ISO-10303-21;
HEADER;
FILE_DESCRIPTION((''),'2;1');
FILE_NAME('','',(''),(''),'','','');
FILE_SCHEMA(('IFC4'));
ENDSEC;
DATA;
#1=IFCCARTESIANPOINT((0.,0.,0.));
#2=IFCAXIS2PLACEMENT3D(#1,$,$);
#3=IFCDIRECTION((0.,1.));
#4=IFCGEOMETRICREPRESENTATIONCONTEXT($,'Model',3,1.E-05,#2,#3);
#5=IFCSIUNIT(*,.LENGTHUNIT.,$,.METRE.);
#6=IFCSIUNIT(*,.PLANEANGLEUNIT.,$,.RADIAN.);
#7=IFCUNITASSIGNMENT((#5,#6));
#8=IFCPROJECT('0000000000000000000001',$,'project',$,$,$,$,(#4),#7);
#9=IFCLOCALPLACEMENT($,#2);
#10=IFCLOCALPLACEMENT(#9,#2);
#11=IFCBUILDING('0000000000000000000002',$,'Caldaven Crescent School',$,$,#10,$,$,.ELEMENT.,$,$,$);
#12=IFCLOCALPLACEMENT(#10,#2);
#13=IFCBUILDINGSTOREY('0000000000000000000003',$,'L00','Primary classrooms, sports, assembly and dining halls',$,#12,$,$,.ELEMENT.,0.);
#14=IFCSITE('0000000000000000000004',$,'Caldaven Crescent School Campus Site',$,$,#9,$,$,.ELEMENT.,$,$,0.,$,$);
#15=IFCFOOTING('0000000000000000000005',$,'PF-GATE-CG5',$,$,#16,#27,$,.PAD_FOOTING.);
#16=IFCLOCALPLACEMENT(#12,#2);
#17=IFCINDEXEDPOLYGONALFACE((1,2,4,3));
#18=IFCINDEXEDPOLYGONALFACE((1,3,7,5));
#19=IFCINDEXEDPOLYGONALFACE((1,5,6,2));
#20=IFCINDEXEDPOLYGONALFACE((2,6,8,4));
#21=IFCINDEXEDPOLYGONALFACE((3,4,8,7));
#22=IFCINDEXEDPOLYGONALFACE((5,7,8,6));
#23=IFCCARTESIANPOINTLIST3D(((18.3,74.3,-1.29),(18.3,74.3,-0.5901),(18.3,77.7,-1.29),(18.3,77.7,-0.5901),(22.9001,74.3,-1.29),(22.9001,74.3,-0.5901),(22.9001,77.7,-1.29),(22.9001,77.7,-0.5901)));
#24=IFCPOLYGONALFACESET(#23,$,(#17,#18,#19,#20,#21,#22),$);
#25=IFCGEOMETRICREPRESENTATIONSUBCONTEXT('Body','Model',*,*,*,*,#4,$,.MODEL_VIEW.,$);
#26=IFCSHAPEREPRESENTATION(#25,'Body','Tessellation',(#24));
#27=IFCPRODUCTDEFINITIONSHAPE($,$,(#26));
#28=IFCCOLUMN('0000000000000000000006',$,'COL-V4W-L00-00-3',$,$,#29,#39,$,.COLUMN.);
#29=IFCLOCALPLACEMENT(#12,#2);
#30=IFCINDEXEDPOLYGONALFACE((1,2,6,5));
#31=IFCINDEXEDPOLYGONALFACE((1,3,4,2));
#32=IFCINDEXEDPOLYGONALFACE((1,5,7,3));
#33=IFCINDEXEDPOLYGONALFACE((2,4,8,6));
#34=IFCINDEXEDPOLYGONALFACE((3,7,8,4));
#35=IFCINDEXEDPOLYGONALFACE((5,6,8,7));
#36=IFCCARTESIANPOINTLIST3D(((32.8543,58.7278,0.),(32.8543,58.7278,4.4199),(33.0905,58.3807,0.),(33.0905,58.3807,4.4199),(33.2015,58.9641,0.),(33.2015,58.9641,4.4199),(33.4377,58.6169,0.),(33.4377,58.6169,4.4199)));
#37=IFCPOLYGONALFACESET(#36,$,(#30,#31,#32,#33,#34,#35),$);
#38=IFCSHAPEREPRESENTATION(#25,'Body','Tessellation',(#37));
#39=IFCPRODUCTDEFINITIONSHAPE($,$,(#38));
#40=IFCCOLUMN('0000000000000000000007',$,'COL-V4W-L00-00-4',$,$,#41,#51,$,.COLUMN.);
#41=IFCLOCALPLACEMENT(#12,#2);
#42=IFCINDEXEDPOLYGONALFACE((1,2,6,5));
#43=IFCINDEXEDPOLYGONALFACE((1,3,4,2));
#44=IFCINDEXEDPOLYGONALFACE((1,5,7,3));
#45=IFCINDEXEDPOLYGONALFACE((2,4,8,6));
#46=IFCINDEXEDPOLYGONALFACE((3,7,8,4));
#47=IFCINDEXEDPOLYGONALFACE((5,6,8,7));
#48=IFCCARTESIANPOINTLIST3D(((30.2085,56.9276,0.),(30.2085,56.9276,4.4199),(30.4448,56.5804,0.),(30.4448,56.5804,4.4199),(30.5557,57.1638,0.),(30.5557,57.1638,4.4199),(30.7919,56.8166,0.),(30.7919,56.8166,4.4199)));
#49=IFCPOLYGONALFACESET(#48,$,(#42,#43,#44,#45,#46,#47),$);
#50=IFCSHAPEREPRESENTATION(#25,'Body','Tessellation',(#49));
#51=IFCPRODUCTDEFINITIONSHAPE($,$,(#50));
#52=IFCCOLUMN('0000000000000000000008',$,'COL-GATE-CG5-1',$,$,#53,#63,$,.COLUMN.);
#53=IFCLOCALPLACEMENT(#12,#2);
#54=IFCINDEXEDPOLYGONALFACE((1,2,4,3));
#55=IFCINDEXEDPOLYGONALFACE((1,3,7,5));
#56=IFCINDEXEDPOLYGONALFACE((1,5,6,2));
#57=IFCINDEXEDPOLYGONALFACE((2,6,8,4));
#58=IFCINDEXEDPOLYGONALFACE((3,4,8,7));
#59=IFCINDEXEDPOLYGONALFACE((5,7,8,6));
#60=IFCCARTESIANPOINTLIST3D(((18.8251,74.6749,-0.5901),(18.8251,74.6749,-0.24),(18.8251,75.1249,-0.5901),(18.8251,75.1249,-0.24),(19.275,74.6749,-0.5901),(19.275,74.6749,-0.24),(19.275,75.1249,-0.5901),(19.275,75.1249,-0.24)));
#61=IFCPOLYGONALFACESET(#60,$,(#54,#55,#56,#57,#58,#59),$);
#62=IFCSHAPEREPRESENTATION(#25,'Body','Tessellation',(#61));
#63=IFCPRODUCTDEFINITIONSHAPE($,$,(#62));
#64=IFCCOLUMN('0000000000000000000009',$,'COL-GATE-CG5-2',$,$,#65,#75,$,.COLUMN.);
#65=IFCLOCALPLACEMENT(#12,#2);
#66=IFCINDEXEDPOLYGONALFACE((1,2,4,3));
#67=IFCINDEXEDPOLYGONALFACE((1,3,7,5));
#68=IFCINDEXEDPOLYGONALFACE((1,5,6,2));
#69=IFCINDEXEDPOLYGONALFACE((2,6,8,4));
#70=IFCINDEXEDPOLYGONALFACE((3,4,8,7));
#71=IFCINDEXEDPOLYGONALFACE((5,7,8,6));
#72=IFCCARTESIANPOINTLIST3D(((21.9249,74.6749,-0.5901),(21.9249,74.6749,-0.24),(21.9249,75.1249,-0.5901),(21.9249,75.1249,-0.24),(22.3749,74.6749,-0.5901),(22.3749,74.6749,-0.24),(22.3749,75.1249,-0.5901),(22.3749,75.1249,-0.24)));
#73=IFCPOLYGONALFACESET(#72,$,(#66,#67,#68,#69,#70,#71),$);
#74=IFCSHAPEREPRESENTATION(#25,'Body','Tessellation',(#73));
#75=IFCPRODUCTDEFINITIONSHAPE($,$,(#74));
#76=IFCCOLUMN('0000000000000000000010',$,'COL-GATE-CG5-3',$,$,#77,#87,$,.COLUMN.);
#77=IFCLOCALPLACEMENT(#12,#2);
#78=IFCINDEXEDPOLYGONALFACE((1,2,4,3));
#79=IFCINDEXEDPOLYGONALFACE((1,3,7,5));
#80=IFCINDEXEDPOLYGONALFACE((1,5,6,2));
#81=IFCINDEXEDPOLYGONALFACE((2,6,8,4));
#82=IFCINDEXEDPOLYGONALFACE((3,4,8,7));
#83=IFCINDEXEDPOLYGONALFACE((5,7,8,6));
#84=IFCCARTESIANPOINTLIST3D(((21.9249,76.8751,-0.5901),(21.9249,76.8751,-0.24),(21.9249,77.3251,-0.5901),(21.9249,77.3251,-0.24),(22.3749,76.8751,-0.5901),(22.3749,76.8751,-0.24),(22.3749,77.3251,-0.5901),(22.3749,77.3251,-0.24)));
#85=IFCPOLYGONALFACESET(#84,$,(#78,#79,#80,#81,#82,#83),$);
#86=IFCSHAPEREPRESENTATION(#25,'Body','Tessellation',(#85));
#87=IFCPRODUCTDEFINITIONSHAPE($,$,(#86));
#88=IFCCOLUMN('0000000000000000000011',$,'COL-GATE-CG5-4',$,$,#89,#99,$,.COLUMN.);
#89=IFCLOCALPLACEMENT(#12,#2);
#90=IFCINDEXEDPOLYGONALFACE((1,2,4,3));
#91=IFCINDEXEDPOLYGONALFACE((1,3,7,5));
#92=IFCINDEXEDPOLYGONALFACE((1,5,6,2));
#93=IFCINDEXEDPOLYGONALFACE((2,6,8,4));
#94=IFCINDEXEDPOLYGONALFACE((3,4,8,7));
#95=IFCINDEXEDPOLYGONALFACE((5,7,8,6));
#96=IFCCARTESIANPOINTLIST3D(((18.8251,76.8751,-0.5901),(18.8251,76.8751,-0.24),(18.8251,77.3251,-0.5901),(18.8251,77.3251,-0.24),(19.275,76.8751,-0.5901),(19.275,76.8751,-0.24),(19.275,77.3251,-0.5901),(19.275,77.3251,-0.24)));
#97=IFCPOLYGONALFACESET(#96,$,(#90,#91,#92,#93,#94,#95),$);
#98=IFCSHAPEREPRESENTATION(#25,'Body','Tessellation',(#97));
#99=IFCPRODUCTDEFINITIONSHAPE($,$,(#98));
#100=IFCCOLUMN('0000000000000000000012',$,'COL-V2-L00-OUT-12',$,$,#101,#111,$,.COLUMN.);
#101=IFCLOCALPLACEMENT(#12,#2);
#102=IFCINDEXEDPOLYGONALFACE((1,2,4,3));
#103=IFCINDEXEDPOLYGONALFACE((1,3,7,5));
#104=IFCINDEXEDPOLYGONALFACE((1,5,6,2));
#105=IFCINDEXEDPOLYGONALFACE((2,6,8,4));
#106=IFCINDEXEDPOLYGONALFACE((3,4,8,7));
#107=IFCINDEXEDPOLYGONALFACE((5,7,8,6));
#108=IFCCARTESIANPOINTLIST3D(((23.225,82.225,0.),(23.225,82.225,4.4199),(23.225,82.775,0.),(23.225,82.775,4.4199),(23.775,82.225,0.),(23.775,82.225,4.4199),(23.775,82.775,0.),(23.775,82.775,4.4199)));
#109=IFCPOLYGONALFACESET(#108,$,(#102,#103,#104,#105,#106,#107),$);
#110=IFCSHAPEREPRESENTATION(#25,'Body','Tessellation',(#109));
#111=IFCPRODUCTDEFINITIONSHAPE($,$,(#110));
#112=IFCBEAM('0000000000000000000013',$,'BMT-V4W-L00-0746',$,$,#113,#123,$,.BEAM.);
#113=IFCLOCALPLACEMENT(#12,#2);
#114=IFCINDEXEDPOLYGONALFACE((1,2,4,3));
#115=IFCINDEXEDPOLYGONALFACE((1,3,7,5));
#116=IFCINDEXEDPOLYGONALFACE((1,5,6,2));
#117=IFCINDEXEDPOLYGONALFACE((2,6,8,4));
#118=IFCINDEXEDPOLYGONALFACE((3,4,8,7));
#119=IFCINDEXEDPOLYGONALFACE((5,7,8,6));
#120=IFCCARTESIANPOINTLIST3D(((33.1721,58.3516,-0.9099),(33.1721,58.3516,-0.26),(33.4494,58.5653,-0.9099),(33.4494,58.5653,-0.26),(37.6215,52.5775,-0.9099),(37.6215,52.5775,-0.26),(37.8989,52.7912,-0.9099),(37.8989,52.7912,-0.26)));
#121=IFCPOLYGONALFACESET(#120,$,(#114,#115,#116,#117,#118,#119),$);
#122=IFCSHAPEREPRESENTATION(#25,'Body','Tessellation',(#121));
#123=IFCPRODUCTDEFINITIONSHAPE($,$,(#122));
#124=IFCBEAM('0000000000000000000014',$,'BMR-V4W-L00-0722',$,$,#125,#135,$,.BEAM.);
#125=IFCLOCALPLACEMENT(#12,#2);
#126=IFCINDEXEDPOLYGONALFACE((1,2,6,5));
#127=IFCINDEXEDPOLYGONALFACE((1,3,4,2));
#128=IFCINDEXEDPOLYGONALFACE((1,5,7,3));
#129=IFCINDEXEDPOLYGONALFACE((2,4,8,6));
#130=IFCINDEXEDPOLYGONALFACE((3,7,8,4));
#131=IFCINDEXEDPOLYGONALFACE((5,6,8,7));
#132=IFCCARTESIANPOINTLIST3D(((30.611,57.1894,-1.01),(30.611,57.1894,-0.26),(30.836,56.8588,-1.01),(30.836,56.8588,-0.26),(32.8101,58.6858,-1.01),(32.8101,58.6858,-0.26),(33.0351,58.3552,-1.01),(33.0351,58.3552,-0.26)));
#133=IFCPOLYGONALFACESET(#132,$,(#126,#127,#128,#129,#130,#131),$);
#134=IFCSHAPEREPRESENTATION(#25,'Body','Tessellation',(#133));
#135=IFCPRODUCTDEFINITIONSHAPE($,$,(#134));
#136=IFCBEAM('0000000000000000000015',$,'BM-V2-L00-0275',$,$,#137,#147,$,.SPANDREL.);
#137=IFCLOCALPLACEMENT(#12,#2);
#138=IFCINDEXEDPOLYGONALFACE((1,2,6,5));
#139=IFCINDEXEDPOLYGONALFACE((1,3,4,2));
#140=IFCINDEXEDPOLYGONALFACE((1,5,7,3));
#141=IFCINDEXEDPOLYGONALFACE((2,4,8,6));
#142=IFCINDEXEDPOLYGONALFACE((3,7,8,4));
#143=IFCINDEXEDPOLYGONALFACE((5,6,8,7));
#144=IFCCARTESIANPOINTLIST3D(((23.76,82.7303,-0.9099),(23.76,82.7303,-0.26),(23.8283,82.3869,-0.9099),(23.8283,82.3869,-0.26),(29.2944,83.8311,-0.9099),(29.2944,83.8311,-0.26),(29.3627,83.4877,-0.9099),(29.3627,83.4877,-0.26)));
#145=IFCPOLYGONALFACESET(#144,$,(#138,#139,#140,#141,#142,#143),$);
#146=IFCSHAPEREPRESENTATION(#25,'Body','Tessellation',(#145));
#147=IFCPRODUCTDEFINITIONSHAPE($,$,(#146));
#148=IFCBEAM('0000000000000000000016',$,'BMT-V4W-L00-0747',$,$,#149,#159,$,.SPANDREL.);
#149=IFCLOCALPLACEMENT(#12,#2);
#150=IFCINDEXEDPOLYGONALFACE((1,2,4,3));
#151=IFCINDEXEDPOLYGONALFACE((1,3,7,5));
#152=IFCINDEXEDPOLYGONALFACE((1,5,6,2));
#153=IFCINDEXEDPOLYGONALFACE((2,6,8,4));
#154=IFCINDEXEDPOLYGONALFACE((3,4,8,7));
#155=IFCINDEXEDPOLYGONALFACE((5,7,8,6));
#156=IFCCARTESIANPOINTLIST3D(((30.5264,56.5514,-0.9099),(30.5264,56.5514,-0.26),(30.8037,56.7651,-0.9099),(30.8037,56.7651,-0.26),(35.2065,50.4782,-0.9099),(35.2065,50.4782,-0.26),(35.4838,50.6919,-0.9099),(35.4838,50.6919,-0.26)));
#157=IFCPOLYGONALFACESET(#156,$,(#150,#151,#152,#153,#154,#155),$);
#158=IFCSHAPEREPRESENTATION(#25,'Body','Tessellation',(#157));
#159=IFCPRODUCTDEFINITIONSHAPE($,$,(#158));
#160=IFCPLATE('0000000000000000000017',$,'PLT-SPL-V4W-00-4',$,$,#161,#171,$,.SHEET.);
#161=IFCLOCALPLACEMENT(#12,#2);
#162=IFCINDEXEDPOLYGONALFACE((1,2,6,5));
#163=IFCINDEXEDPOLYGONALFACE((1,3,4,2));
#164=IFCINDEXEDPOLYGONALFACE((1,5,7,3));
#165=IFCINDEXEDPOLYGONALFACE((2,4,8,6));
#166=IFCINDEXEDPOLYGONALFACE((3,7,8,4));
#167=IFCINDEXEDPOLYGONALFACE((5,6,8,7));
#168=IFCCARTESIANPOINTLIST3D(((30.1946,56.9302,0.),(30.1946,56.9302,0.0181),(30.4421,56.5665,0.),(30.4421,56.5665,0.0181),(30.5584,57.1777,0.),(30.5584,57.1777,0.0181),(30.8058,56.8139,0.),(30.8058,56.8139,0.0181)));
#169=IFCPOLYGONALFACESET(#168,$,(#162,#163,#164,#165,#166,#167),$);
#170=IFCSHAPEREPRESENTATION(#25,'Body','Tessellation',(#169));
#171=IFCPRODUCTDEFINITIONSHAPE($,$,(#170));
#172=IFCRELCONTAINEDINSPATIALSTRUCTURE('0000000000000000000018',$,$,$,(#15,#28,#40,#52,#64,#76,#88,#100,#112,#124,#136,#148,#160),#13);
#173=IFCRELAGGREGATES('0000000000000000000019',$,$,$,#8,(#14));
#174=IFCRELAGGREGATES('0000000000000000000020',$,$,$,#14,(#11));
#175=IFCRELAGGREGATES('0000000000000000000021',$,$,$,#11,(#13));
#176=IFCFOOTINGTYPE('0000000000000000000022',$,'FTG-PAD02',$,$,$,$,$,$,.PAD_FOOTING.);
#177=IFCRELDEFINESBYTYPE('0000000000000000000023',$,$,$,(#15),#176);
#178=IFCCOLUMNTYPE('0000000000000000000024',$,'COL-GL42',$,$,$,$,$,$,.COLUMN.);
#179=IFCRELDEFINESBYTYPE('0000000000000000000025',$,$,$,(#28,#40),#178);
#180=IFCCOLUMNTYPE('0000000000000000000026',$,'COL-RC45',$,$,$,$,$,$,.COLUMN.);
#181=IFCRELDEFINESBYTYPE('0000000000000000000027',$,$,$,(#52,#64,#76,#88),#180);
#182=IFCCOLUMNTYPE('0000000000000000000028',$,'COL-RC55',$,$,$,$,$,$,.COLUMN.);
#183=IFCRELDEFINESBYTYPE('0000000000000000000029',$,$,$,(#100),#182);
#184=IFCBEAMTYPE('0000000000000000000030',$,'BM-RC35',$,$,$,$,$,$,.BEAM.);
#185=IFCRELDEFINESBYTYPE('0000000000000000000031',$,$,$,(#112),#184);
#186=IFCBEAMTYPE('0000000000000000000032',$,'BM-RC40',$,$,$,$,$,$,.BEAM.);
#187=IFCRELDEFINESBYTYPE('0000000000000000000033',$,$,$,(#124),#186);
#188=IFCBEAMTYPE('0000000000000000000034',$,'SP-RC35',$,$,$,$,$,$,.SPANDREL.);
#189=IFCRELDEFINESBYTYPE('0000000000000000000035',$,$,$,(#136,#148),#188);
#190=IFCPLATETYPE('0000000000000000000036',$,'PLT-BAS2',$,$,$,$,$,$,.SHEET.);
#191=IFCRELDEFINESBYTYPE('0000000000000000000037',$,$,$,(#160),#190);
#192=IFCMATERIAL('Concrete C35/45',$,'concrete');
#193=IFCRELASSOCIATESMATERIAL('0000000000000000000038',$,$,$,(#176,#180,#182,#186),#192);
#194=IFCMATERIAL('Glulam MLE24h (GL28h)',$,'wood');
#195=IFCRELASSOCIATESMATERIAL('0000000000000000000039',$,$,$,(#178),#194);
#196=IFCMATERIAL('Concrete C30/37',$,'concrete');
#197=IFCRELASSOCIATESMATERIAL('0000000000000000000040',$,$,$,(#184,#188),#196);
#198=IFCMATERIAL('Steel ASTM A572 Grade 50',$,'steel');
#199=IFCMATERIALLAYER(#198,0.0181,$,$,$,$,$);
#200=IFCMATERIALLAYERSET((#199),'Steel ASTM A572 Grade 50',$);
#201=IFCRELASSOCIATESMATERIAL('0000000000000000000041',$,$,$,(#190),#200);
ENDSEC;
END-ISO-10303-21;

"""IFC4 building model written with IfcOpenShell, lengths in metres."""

from ifc_helpers import new_model, si_unit, direction, frame, origin, origin_2d, place, context, subcontext, project, spatial, rectangle, extrude, material, layer, layer_set, material_profile, profile_set, type_object, element, save


model = new_model("IFC4")

# Units and contexts
model_context = context("Model", 3, precision=1e-05, world=origin(), true_north=direction((0.0, 1.0)))
body_context = subcontext(model_context, "Body", "Model", "MODEL_VIEW")
ifc_project = project(units=[si_unit("LENGTHUNIT", "METRE"), si_unit("PLANEANGLEUNIT", "RADIAN")], contexts=[model_context])

# Site, building, storey
site_placement = place(None, origin())
site = spatial("IfcSite", under=ifc_project, at=site_placement, Name="Caldaven Crescent School Campus Site", CompositionType="ELEMENT", RefElevation=0.0)
building_placement = place(site_placement, origin())
building = spatial("IfcBuilding", under=site, at=building_placement, Name="Caldaven Crescent School", CompositionType="ELEMENT")
storey_placement = place(building_placement, origin())
storey = spatial("IfcBuildingStorey", under=building, at=storey_placement, Name="L00", Description="Primary classrooms, sports, assembly and dining halls", CompositionType="ELEMENT", Elevation=0.0)

# Footing
ifc_material_1 = material(Name="Concrete C35/45", Category="concrete")
footing_type = type_object("IfcFootingType", Name="FTG-PAD02", PredefinedType="PAD_FOOTING", material=ifc_material_1)
footing_placement = place(storey_placement, frame((20.6001, 76.0, -1.29), z_axis=(0.0, 0.0, 1.0), x_axis=(1.0, 0.0, 0.0)))
element("IfcFooting", 1, at=footing_placement, inside=storey, type_object=footing_type, Name="PF-GATE-CG5", PredefinedType="PAD_FOOTING", context=body_context, shape_type="SweptSolid", body=[
    extrude(rectangle(XDim=4.6001, YDim=3.3999, at=origin_2d()), origin(), (0.0, 0.0, 1.0), 0.7),
])

# Columns
ifc_material_2 = material(Name="Glulam MLE24h (GL28h)", Category="wood")
ifc_material_profile_1 = material_profile(ifc_material_2, rectangle(XDim=0.4199, YDim=0.4199, at=origin_2d()), Name="MLE 420x420")
ifc_profile_set_1 = profile_set([ifc_material_profile_1], Name="Glulam MLE24h (GL28h)")
column_type_1 = type_object("IfcColumnType", Name="COL-GL42", PredefinedType="COLUMN", material=ifc_profile_set_1)
for number, where, z_axis, x_axis, name in (
    (2, (33.146, 58.6724, 0.0), (0.0, 0.0, 1.0), (-0.826786, -0.562516, 0.0), "COL-V4W-L00-00-3"),
    (3, (30.5002, 56.8721, 0.0), (0.0, 0.0, 1.0), (-0.826786, -0.562516, 0.0), "COL-V4W-L00-00-4"),
):
    element("IfcColumn", number, at=place(storey_placement, frame(where, z_axis=z_axis, x_axis=x_axis)), inside=storey, type_object=column_type_1, Name=name, PredefinedType="COLUMN", context=body_context, shape_type="SweptSolid", body=[
        extrude(rectangle(XDim=0.4199, YDim=0.4199, at=origin_2d()), origin(), (0.0, 0.0, 1.0), 4.4199),
    ])
ifc_material_profile_2 = material_profile(ifc_material_1, rectangle(XDim=0.45, YDim=0.45, at=origin_2d()), Name="RC 450x450")
ifc_profile_set_2 = profile_set([ifc_material_profile_2], Name="Concrete C35/45")
column_type_2 = type_object("IfcColumnType", Name="COL-RC45", PredefinedType="COLUMN", material=ifc_profile_set_2)
for number, where, z_axis, x_axis, name in (
    (4, (19.05, 74.8999, -0.5901), (0.0, 0.0, 1.0), (1.0, 0.0, 0.0), "COL-GATE-CG5-1"),
    (5, (22.1499, 74.8999, -0.5901), (0.0, 0.0, 1.0), (1.0, 0.0, 0.0), "COL-GATE-CG5-2"),
    (6, (22.1499, 77.1001, -0.5901), (0.0, 0.0, 1.0), (1.0, 0.0, 0.0), "COL-GATE-CG5-3"),
    (7, (19.05, 77.1001, -0.5901), (0.0, 0.0, 1.0), (1.0, 0.0, 0.0), "COL-GATE-CG5-4"),
):
    element("IfcColumn", number, at=place(storey_placement, frame(where, z_axis=z_axis, x_axis=x_axis)), inside=storey, type_object=column_type_2, Name=name, PredefinedType="COLUMN", context=body_context, shape_type="SweptSolid", body=[
        extrude(rectangle(XDim=0.45, YDim=0.45, at=origin_2d()), origin(), (0.0, 0.0, 1.0), 0.3501),
    ])
ifc_material_profile_3 = material_profile(ifc_material_1, rectangle(XDim=0.55, YDim=0.55, at=origin_2d()), Name="RC 550x550")
ifc_profile_set_3 = profile_set([ifc_material_profile_3], Name="Concrete C35/45")
column_type_3 = type_object("IfcColumnType", Name="COL-RC55", PredefinedType="COLUMN", material=ifc_profile_set_3)
column_placement = place(storey_placement, frame((23.5, 82.5, 0.0), z_axis=(0.0, 0.0, 1.0), x_axis=(0.0, -1.0, 0.0)))
element("IfcColumn", 8, at=column_placement, inside=storey, type_object=column_type_3, Name="COL-V2-L00-OUT-12", PredefinedType="COLUMN", context=body_context, shape_type="SweptSolid", body=[
    extrude(rectangle(XDim=0.55, YDim=0.55, at=origin_2d()), origin(), (0.0, 0.0, 1.0), 4.4199),
])

# Beams
ifc_material_3 = material(Name="Concrete C30/37", Category="concrete")
ifc_material_profile_4 = material_profile(ifc_material_3, rectangle(XDim=0.3501, YDim=0.6499, at=origin_2d()), Name="RC 350x650")
ifc_profile_set_4 = profile_set([ifc_material_profile_4], Name="Concrete C30/37")
beam_type_1 = type_object("IfcBeamType", Name="BM-RC35", PredefinedType="BEAM", material=ifc_profile_set_4)
beam_1_placement = place(storey_placement, frame((33.3108, 58.4585, -0.585), z_axis=(0.610382, -0.792107, 0.0), x_axis=(0.792107, 0.610382, 0.0)))
element("IfcBeam", 9, at=beam_1_placement, inside=storey, type_object=beam_type_1, Name="BMT-V4W-L00-0746", PredefinedType="BEAM", context=body_context, shape_type="SweptSolid", body=[
    extrude(rectangle(XDim=0.3501, YDim=0.6499, at=origin_2d()), origin(), (0.0, 0.0, 1.0), 7.2896),
])
ifc_material_profile_5 = material_profile(ifc_material_1, rectangle(XDim=0.3999, YDim=0.75, at=origin_2d()), Name="RC 400x750")
ifc_profile_set_5 = profile_set([ifc_material_profile_5], Name="Concrete C35/45")
beam_type_2 = type_object("IfcBeamType", Name="BM-RC40", PredefinedType="BEAM", material=ifc_profile_set_5)
beam_2_placement = place(storey_placement, frame((32.9226, 58.5205, -0.635), z_axis=(-0.826745, -0.562576, 0.0), x_axis=(0.562576, -0.826745, 0.0)))
element("IfcBeam", 10, at=beam_2_placement, inside=storey, type_object=beam_type_2, Name="BMR-V4W-L00-0722", PredefinedType="BEAM", context=body_context, shape_type="SweptSolid", body=[
    extrude(rectangle(XDim=0.3999, YDim=0.75, at=origin_2d()), origin(), (0.0, 0.0, 1.0), 2.6599),
])
ifc_material_profile_6 = material_profile(ifc_material_3, rectangle(XDim=0.3501, YDim=0.6499, at=origin_2d()), Name="RC 350x650")
ifc_profile_set_6 = profile_set([ifc_material_profile_6], Name="Concrete C30/37")
beam_type_3 = type_object("IfcBeamType", Name="SP-RC35", PredefinedType="SPANDREL", material=ifc_profile_set_6)
beam_3_placement = place(storey_placement, frame((23.7942, 82.5586, -0.585), z_axis=(0.980786, 0.195084, 0.0), x_axis=(-0.195084, 0.980786, 0.0)))
element("IfcBeam", 11, at=beam_3_placement, inside=storey, type_object=beam_type_3, Name="BM-V2-L00-0275", PredefinedType="SPANDREL", context=body_context, shape_type="SweptSolid", body=[
    extrude(rectangle(XDim=0.3501, YDim=0.6499, at=origin_2d()), origin(), (0.0, 0.0, 1.0), 5.6428),
])
beam_4_placement = place(storey_placement, frame((30.665, 56.6582, -0.585), z_axis=(0.610403, -0.792091, 0.0), x_axis=(0.792091, 0.610403, 0.0)))
element("IfcBeam", 12, at=beam_4_placement, inside=storey, type_object=beam_type_3, Name="BMT-V4W-L00-0747", PredefinedType="SPANDREL", context=body_context, shape_type="SweptSolid", body=[
    extrude(rectangle(XDim=0.3501, YDim=0.6499, at=origin_2d()), origin(), (0.0, 0.0, 1.0), 7.6672),
])

# Plate
ifc_material_4 = material(Name="Steel ASTM A572 Grade 50", Category="steel")
ifc_layer_1 = layer(ifc_material_4, 0.0181)
ifc_layer_set_1 = layer_set([ifc_layer_1], Name="Steel ASTM A572 Grade 50")
plate_type = type_object("IfcPlateType", Name="PLT-BAS2", PredefinedType="SHEET", material=ifc_layer_set_1)
plate_placement = place(storey_placement, frame((30.5002, 56.8721, 0.0), z_axis=(0.0, 0.0, 1.0), x_axis=(-0.826786, -0.562516, 0.0)))
element("IfcPlate", 13, at=plate_placement, inside=storey, type_object=plate_type, Name="PLT-SPL-V4W-00-4", PredefinedType="SHEET", context=body_context, shape_type="SweptSolid", body=[
    extrude(rectangle(XDim=0.4399, YDim=0.4399, at=origin_2d()), origin(), (0.0, 0.0, 1.0), 0.0181),
])

save(model, "model.ifc")
